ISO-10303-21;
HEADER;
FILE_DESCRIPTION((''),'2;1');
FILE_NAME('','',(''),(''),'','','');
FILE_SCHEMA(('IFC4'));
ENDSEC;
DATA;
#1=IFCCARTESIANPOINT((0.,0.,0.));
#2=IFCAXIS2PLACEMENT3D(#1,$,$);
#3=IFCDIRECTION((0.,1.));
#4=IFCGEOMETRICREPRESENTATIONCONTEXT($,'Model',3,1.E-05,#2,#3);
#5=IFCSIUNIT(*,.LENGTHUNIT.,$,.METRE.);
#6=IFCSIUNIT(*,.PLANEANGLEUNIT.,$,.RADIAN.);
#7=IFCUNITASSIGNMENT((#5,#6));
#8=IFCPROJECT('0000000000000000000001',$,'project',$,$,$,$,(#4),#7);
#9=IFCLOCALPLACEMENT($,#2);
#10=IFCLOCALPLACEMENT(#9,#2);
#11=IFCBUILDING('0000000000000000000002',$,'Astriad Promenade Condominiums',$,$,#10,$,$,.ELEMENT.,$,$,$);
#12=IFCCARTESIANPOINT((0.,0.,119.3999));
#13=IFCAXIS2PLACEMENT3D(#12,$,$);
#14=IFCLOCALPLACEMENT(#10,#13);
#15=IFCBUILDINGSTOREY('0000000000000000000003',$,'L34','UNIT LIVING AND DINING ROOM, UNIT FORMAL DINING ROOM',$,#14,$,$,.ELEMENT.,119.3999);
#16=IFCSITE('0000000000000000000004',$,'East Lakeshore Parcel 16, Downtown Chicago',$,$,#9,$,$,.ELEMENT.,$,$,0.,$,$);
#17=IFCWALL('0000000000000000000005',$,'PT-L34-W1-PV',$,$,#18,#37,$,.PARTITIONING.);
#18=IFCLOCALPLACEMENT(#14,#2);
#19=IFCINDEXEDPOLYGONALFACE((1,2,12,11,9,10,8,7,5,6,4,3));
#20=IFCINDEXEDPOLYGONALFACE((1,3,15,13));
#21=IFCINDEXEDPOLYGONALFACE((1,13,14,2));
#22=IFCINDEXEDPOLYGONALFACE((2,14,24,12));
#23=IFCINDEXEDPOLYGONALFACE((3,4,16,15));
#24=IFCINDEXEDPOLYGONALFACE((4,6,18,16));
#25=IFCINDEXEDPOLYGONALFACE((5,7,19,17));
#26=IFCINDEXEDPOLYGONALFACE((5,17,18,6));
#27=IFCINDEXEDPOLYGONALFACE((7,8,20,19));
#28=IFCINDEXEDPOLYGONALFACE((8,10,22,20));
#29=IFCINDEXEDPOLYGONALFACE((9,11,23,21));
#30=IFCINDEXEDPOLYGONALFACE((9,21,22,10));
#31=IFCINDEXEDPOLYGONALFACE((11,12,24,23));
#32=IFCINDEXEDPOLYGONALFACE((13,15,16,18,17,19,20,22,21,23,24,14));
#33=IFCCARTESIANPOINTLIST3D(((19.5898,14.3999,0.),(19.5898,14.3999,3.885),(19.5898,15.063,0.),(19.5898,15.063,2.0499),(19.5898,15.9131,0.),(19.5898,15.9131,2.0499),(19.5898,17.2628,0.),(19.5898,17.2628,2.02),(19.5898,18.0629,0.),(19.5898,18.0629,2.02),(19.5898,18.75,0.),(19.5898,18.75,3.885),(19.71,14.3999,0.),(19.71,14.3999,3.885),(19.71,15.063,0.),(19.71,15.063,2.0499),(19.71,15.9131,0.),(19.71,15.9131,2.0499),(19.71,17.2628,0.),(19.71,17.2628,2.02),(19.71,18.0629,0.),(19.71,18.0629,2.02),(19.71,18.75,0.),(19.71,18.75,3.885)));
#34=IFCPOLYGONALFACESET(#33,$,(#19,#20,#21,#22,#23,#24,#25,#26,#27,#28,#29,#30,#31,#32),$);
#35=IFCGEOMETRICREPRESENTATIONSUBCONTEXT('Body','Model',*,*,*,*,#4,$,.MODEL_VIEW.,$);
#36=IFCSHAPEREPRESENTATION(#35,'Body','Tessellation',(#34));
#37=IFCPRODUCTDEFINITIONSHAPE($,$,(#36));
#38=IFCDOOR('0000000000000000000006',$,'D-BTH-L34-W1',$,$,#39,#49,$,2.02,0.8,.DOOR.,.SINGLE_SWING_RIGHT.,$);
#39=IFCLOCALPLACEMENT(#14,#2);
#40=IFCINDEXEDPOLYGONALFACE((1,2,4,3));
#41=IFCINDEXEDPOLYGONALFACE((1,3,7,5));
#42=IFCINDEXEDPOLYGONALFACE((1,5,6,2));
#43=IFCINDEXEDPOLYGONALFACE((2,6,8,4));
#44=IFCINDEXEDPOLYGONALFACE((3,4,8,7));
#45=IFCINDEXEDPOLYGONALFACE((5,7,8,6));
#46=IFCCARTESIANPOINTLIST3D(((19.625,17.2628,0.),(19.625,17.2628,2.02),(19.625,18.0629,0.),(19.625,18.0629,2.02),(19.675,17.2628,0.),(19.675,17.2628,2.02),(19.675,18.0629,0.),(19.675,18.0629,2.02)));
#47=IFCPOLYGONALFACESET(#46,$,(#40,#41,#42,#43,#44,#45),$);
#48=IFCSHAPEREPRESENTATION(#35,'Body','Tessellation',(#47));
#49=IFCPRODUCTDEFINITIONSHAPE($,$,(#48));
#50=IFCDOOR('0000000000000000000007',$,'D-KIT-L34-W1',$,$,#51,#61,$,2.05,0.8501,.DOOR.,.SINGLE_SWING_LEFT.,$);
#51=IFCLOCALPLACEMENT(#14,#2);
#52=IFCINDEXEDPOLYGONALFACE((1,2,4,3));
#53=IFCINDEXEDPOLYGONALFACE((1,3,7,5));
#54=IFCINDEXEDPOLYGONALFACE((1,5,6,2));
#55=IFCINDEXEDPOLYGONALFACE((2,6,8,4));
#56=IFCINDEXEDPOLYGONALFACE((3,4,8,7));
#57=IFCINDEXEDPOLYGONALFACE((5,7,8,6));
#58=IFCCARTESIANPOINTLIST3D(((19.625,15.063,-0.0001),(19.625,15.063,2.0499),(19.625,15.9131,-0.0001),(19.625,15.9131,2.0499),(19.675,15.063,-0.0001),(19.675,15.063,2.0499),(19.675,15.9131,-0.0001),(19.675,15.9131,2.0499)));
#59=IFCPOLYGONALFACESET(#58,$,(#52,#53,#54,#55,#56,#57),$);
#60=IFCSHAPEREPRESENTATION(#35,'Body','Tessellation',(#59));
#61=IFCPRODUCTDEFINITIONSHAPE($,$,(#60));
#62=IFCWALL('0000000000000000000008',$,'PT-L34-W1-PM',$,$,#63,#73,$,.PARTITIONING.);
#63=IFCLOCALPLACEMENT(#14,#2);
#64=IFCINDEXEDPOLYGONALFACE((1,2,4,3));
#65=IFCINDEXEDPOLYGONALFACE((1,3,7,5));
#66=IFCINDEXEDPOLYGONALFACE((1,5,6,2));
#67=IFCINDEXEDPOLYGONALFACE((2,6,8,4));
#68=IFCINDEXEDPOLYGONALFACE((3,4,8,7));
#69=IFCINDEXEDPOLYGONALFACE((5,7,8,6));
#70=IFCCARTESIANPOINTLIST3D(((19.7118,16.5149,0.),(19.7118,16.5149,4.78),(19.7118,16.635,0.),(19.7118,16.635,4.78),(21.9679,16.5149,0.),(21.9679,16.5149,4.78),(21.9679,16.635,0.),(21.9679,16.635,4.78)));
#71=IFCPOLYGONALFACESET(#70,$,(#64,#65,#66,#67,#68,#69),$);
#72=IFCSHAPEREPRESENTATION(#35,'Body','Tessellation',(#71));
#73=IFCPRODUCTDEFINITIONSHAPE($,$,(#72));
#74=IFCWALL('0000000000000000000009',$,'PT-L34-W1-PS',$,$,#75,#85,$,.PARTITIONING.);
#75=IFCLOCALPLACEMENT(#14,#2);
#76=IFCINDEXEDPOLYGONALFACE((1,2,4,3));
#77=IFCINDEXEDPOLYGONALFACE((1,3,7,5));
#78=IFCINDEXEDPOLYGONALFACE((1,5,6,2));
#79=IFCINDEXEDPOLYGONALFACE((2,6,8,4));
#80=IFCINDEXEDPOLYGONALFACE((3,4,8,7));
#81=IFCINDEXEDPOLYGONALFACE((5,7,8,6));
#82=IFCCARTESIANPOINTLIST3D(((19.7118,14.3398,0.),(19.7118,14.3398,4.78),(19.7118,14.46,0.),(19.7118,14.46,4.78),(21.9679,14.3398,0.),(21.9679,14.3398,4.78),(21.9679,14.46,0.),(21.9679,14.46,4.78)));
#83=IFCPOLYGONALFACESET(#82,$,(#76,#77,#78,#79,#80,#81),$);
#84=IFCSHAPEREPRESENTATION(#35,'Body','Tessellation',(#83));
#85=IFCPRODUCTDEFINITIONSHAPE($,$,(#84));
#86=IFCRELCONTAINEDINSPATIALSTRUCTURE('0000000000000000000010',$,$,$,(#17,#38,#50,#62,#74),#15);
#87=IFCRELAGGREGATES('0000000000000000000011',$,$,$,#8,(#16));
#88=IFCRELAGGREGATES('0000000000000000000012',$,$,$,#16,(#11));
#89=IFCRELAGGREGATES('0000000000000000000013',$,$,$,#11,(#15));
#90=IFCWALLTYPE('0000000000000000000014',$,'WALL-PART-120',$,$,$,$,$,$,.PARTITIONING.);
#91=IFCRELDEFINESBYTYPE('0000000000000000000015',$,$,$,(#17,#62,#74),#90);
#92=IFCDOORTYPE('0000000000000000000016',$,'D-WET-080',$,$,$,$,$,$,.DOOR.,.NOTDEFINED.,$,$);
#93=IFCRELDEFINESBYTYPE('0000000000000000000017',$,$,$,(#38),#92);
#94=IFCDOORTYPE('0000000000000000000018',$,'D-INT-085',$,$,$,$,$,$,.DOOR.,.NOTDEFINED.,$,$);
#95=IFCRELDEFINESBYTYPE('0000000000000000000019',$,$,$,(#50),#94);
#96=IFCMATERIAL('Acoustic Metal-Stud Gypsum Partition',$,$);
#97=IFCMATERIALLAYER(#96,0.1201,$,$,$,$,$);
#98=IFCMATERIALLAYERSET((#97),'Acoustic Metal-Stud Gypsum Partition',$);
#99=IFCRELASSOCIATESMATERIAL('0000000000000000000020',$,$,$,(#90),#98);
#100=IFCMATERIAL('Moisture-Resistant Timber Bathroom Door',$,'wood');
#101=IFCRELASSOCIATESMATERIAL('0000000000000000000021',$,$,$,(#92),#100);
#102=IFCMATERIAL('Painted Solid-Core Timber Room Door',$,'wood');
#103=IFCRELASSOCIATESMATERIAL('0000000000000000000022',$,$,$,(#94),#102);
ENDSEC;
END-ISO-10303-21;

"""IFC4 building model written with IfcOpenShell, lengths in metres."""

from ifc_helpers import new_model, si_unit, direction, frame, frame_2d, origin, place, context, subcontext, project, spatial, rectangle, extrude, source, transform, mapped, material, layer, layer_set, type_object, type_shapes, element, fill, save


model = new_model("IFC4")

# Units and contexts
model_context = context("Model", 3, precision=1e-05, world=origin(), true_north=direction((0.0, 1.0)))
body_context = subcontext(model_context, "Body", "Model", "MODEL_VIEW")
ifc_project = project(units=[si_unit("LENGTHUNIT", "METRE"), si_unit("PLANEANGLEUNIT", "RADIAN")], contexts=[model_context])

# Site, building, storey
site_placement = place(None, origin())
site = spatial("IfcSite", under=ifc_project, at=site_placement, Name="East Lakeshore Parcel 16, Downtown Chicago", CompositionType="ELEMENT", RefElevation=0.0)
building_placement = place(site_placement, origin())
building = spatial("IfcBuilding", under=site, at=building_placement, Name="Astriad Promenade Condominiums", CompositionType="ELEMENT")
storey_placement = place(building_placement, frame((0.0, 0.0, 119.3999)))
storey = spatial("IfcBuildingStorey", under=building, at=storey_placement, Name="L34", Description="UNIT LIVING AND DINING ROOM, UNIT FORMAL DINING ROOM", CompositionType="ELEMENT", Elevation=119.3999)

# Wall, openings, doors
ifc_material_1 = material(Name="Acoustic Metal-Stud Gypsum Partition")
ifc_layer_1 = layer(ifc_material_1, 0.1201)
ifc_layer_set_1 = layer_set([ifc_layer_1], Name="Acoustic Metal-Stud Gypsum Partition")
wall_type_1 = type_object("IfcWallType", Name="WALL-PART-120", PredefinedType="PARTITIONING", material=ifc_layer_set_1)
wall_1_placement = place(storey_placement, frame((19.6499, 14.3999, 0.0), z_axis=(0.0, 0.0, 1.0), x_axis=(0.0, 1.0, 0.0)))
wall_1 = element("IfcWall", 1, at=wall_1_placement, inside=storey, type_object=wall_type_1, Name="PT-L34-W1-PV", PredefinedType="PARTITIONING", context=body_context, shape_type="SweptSolid", body=[
    extrude(rectangle(XDim=4.3501, YDim=0.1201, at=frame_2d((2.175, 0.0))), origin(), (0.0, 0.0, 1.0), 3.885),
])
opening_1_placement = place(wall_1_placement, frame((0.6631, 0.0, 0.0)))
opening_1 = element("IfcOpeningElement", 2, at=opening_1_placement, cuts=wall_1, PredefinedType="OPENING", context=body_context, shape_type="SweptSolid", body=[
    extrude(rectangle(XDim=0.8501, YDim=2.05, at=frame_2d((0.425, 1.0249))), frame((0.0, 0.0701, 0.0), z_axis=(0.0, -1.0, 0.0), x_axis=(1.0, 0.0, 0.0)), (0.0, 0.0, 1.0), 0.1401),
])
opening_2_placement = place(wall_1_placement, frame((2.863, 0.0, 0.0)))
opening_2 = element("IfcOpeningElement", 3, at=opening_2_placement, cuts=wall_1, PredefinedType="OPENING", context=body_context, shape_type="SweptSolid", body=[
    extrude(rectangle(XDim=0.8, YDim=2.02, at=frame_2d((0.3999, 1.01))), frame((0.0, 0.0701, 0.0), z_axis=(0.0, -1.0, 0.0), x_axis=(1.0, 0.0, 0.0)), (0.0, 0.0, 1.0), 0.1401),
])
ifc_material_2 = material(Name="Moisture-Resistant Timber Bathroom Door", Category="wood")
door_type_1 = type_object("IfcDoorType", Name="D-WET-080", OperationType="NOTDEFINED", PredefinedType="DOOR", material=ifc_material_2)
shared_shape_1 = source(origin(), body_context, "Body", "SweptSolid", [
    extrude(rectangle(XDim=0.8, YDim=2.02, at=frame_2d((0.3999, 1.01))), frame((0.0, 0.0249, 0.0), z_axis=(0.0, -1.0, 0.0), x_axis=(1.0, 0.0, 0.0)), (0.0, 0.0, 1.0), 0.05),
])
type_shapes(door_type_1, [shared_shape_1])
door_1_placement = place(opening_2_placement, origin())
door_1 = element("IfcDoor", 4, at=door_1_placement, inside=storey, type_object=door_type_1, Name="D-BTH-L34-W1", OperationType="SINGLE_SWING_RIGHT", OverallHeight=2.02, OverallWidth=0.8, PredefinedType="DOOR", context=body_context, shape_type="MappedRepresentation", body=[
    mapped(shared_shape_1, transform((0.0, 0.0, 0.0), scale=1.0)),
])
fill(opening_2, door_1)
ifc_material_3 = material(Name="Painted Solid-Core Timber Room Door", Category="wood")
door_type_2 = type_object("IfcDoorType", Name="D-INT-085", OperationType="NOTDEFINED", PredefinedType="DOOR", material=ifc_material_3)
shared_shape_2 = source(origin(), body_context, "Body", "SweptSolid", [
    extrude(rectangle(XDim=0.8501, YDim=2.05, at=frame_2d((0.425, 1.0249))), frame((0.0, 0.0249, 0.0), z_axis=(0.0, -1.0, 0.0), x_axis=(1.0, 0.0, 0.0)), (0.0, 0.0, 1.0), 0.05),
])
type_shapes(door_type_2, [shared_shape_2])
door_2_placement = place(opening_1_placement, origin())
door_2 = element("IfcDoor", 5, at=door_2_placement, inside=storey, type_object=door_type_2, Name="D-KIT-L34-W1", OperationType="SINGLE_SWING_LEFT", OverallHeight=2.05, OverallWidth=0.8501, PredefinedType="DOOR", context=body_context, shape_type="MappedRepresentation", body=[
    mapped(shared_shape_2, transform((0.0, 0.0, 0.0), scale=1.0)),
])
fill(opening_1, door_2)

# Walls
for number, where, z_axis, x_axis, name in (
    (6, (19.7119, 16.575, 0.0), (0.0, 0.0, 1.0), (1.0, 0.0, 0.0), "PT-L34-W1-PM"),
    (7, (19.7119, 14.3999, 0.0), (0.0, 0.0, 1.0), (1.0, 0.0, 0.0), "PT-L34-W1-PS"),
):
    element("IfcWall", number, at=place(storey_placement, frame(where, z_axis=z_axis, x_axis=x_axis)), inside=storey, type_object=wall_type_1, Name=name, PredefinedType="PARTITIONING", context=body_context, shape_type="SweptSolid", body=[
        extrude(rectangle(XDim=2.2561, YDim=0.1201, at=frame_2d((1.1279, 0.0))), origin(), (0.0, 0.0, 1.0), 4.78),
    ])

save(model, "model.ifc")
